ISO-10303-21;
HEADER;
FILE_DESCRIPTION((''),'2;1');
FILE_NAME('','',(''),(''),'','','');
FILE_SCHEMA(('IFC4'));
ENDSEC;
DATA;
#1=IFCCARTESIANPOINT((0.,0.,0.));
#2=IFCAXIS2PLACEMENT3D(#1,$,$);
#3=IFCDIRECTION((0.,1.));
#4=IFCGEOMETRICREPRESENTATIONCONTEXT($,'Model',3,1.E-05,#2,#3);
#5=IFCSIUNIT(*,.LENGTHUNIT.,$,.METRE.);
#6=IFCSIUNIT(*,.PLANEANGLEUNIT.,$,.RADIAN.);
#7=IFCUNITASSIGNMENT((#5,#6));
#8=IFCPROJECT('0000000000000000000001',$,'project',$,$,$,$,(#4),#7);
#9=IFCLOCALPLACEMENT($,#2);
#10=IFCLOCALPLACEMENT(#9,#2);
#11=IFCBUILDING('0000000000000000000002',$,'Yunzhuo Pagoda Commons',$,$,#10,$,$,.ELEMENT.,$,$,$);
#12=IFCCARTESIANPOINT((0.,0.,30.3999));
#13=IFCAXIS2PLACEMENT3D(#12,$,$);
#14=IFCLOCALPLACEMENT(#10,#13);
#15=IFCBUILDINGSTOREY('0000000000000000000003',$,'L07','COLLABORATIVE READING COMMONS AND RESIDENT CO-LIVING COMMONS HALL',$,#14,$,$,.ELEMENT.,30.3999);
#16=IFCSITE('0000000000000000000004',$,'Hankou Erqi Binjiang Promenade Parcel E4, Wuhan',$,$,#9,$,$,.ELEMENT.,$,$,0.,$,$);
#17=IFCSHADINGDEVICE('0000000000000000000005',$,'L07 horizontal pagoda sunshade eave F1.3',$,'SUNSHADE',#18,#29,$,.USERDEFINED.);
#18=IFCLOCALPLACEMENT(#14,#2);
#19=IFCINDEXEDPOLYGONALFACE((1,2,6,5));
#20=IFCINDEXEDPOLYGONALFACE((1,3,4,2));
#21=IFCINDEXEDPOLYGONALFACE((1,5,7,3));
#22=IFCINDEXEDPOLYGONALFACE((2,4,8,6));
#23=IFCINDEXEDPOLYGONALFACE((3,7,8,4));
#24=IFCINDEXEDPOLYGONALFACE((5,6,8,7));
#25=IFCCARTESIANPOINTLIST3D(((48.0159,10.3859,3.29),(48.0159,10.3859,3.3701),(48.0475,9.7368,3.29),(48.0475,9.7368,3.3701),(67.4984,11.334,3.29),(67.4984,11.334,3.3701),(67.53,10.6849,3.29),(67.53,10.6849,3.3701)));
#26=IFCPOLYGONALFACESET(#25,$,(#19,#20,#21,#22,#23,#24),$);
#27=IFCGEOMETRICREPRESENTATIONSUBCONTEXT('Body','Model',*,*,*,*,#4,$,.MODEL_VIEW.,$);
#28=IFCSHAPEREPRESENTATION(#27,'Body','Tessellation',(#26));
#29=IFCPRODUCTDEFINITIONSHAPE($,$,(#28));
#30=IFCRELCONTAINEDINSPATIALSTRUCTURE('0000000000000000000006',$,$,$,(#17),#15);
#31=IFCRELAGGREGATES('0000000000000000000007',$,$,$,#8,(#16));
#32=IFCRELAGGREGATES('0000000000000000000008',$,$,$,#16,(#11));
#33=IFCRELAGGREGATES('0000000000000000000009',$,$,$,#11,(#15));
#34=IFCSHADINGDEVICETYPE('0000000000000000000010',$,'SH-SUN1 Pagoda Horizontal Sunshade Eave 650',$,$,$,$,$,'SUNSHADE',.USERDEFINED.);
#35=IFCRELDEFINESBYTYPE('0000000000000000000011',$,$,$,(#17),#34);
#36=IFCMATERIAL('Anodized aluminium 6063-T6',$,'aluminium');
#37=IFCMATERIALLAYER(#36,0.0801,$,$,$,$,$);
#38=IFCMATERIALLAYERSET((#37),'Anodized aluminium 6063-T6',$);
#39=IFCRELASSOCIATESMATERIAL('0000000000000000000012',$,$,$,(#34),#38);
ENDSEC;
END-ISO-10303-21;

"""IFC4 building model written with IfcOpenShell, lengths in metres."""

from ifc_helpers import new_model, si_unit, direction, frame, origin, origin_2d, place, context, subcontext, project, spatial, rectangle, extrude, source, transform, mapped, material, layer, layer_set, type_object, element, save


model = new_model("IFC4")

# Units and contexts
model_context = context("Model", 3, precision=1e-05, world=origin(), true_north=direction((0.0, 1.0)))
body_context = subcontext(model_context, "Body", "Model", "MODEL_VIEW")
ifc_project = project(units=[si_unit("LENGTHUNIT", "METRE"), si_unit("PLANEANGLEUNIT", "RADIAN")], contexts=[model_context])

# Site, building, storey
site_placement = place(None, origin())
site = spatial("IfcSite", under=ifc_project, at=site_placement, Name="Hankou Erqi Binjiang Promenade Parcel E4, Wuhan", CompositionType="ELEMENT", RefElevation=0.0)
building_placement = place(site_placement, origin())
building = spatial("IfcBuilding", under=site, at=building_placement, Name="Yunzhuo Pagoda Commons", CompositionType="ELEMENT")
storey_placement = place(building_placement, frame((0.0, 0.0, 30.3999)))
storey = spatial("IfcBuildingStorey", under=building, at=storey_placement, Name="L07", Description="COLLABORATIVE READING COMMONS AND RESIDENT CO-LIVING COMMONS HALL", CompositionType="ELEMENT", Elevation=30.3999)

# Shared definitions
ifc_material_1 = material(Name="Anodized aluminium 6063-T6", Category="aluminium")

# Shading device
ifc_layer_1 = layer(ifc_material_1, 0.0801)
ifc_layer_set_1 = layer_set([ifc_layer_1], Name="Anodized aluminium 6063-T6")
shading_device_type = type_object("IfcShadingDeviceType", Name="SH-SUN1 Pagoda Horizontal Sunshade Eave 650", ElementType="SUNSHADE", PredefinedType="USERDEFINED", material=ifc_layer_set_1)
shared_shape_1 = source(origin(), body_context, "Body", "SweptSolid", [
    extrude(rectangle(XDim=19.5056, YDim=0.6499, at=origin_2d()), origin(), (0.0, 0.0, 1.0), 0.0801),
])
shading_device_placement = place(storey_placement, frame((57.7729, 10.5354, 3.29), z_axis=(0.0, 0.0, 1.0), x_axis=(0.998818, 0.048606, 0.0)))
element("IfcShadingDevice", 1, at=shading_device_placement, inside=storey, type_object=shading_device_type, Name="L07 horizontal pagoda sunshade eave F1.3", ObjectType="SUNSHADE", PredefinedType="USERDEFINED", context=body_context, shape_type="MappedRepresentation", body=[
    mapped(shared_shape_1, transform((0.0, 0.0, 0.0), scale=1.0)),
])

save(model, "model.ifc")
